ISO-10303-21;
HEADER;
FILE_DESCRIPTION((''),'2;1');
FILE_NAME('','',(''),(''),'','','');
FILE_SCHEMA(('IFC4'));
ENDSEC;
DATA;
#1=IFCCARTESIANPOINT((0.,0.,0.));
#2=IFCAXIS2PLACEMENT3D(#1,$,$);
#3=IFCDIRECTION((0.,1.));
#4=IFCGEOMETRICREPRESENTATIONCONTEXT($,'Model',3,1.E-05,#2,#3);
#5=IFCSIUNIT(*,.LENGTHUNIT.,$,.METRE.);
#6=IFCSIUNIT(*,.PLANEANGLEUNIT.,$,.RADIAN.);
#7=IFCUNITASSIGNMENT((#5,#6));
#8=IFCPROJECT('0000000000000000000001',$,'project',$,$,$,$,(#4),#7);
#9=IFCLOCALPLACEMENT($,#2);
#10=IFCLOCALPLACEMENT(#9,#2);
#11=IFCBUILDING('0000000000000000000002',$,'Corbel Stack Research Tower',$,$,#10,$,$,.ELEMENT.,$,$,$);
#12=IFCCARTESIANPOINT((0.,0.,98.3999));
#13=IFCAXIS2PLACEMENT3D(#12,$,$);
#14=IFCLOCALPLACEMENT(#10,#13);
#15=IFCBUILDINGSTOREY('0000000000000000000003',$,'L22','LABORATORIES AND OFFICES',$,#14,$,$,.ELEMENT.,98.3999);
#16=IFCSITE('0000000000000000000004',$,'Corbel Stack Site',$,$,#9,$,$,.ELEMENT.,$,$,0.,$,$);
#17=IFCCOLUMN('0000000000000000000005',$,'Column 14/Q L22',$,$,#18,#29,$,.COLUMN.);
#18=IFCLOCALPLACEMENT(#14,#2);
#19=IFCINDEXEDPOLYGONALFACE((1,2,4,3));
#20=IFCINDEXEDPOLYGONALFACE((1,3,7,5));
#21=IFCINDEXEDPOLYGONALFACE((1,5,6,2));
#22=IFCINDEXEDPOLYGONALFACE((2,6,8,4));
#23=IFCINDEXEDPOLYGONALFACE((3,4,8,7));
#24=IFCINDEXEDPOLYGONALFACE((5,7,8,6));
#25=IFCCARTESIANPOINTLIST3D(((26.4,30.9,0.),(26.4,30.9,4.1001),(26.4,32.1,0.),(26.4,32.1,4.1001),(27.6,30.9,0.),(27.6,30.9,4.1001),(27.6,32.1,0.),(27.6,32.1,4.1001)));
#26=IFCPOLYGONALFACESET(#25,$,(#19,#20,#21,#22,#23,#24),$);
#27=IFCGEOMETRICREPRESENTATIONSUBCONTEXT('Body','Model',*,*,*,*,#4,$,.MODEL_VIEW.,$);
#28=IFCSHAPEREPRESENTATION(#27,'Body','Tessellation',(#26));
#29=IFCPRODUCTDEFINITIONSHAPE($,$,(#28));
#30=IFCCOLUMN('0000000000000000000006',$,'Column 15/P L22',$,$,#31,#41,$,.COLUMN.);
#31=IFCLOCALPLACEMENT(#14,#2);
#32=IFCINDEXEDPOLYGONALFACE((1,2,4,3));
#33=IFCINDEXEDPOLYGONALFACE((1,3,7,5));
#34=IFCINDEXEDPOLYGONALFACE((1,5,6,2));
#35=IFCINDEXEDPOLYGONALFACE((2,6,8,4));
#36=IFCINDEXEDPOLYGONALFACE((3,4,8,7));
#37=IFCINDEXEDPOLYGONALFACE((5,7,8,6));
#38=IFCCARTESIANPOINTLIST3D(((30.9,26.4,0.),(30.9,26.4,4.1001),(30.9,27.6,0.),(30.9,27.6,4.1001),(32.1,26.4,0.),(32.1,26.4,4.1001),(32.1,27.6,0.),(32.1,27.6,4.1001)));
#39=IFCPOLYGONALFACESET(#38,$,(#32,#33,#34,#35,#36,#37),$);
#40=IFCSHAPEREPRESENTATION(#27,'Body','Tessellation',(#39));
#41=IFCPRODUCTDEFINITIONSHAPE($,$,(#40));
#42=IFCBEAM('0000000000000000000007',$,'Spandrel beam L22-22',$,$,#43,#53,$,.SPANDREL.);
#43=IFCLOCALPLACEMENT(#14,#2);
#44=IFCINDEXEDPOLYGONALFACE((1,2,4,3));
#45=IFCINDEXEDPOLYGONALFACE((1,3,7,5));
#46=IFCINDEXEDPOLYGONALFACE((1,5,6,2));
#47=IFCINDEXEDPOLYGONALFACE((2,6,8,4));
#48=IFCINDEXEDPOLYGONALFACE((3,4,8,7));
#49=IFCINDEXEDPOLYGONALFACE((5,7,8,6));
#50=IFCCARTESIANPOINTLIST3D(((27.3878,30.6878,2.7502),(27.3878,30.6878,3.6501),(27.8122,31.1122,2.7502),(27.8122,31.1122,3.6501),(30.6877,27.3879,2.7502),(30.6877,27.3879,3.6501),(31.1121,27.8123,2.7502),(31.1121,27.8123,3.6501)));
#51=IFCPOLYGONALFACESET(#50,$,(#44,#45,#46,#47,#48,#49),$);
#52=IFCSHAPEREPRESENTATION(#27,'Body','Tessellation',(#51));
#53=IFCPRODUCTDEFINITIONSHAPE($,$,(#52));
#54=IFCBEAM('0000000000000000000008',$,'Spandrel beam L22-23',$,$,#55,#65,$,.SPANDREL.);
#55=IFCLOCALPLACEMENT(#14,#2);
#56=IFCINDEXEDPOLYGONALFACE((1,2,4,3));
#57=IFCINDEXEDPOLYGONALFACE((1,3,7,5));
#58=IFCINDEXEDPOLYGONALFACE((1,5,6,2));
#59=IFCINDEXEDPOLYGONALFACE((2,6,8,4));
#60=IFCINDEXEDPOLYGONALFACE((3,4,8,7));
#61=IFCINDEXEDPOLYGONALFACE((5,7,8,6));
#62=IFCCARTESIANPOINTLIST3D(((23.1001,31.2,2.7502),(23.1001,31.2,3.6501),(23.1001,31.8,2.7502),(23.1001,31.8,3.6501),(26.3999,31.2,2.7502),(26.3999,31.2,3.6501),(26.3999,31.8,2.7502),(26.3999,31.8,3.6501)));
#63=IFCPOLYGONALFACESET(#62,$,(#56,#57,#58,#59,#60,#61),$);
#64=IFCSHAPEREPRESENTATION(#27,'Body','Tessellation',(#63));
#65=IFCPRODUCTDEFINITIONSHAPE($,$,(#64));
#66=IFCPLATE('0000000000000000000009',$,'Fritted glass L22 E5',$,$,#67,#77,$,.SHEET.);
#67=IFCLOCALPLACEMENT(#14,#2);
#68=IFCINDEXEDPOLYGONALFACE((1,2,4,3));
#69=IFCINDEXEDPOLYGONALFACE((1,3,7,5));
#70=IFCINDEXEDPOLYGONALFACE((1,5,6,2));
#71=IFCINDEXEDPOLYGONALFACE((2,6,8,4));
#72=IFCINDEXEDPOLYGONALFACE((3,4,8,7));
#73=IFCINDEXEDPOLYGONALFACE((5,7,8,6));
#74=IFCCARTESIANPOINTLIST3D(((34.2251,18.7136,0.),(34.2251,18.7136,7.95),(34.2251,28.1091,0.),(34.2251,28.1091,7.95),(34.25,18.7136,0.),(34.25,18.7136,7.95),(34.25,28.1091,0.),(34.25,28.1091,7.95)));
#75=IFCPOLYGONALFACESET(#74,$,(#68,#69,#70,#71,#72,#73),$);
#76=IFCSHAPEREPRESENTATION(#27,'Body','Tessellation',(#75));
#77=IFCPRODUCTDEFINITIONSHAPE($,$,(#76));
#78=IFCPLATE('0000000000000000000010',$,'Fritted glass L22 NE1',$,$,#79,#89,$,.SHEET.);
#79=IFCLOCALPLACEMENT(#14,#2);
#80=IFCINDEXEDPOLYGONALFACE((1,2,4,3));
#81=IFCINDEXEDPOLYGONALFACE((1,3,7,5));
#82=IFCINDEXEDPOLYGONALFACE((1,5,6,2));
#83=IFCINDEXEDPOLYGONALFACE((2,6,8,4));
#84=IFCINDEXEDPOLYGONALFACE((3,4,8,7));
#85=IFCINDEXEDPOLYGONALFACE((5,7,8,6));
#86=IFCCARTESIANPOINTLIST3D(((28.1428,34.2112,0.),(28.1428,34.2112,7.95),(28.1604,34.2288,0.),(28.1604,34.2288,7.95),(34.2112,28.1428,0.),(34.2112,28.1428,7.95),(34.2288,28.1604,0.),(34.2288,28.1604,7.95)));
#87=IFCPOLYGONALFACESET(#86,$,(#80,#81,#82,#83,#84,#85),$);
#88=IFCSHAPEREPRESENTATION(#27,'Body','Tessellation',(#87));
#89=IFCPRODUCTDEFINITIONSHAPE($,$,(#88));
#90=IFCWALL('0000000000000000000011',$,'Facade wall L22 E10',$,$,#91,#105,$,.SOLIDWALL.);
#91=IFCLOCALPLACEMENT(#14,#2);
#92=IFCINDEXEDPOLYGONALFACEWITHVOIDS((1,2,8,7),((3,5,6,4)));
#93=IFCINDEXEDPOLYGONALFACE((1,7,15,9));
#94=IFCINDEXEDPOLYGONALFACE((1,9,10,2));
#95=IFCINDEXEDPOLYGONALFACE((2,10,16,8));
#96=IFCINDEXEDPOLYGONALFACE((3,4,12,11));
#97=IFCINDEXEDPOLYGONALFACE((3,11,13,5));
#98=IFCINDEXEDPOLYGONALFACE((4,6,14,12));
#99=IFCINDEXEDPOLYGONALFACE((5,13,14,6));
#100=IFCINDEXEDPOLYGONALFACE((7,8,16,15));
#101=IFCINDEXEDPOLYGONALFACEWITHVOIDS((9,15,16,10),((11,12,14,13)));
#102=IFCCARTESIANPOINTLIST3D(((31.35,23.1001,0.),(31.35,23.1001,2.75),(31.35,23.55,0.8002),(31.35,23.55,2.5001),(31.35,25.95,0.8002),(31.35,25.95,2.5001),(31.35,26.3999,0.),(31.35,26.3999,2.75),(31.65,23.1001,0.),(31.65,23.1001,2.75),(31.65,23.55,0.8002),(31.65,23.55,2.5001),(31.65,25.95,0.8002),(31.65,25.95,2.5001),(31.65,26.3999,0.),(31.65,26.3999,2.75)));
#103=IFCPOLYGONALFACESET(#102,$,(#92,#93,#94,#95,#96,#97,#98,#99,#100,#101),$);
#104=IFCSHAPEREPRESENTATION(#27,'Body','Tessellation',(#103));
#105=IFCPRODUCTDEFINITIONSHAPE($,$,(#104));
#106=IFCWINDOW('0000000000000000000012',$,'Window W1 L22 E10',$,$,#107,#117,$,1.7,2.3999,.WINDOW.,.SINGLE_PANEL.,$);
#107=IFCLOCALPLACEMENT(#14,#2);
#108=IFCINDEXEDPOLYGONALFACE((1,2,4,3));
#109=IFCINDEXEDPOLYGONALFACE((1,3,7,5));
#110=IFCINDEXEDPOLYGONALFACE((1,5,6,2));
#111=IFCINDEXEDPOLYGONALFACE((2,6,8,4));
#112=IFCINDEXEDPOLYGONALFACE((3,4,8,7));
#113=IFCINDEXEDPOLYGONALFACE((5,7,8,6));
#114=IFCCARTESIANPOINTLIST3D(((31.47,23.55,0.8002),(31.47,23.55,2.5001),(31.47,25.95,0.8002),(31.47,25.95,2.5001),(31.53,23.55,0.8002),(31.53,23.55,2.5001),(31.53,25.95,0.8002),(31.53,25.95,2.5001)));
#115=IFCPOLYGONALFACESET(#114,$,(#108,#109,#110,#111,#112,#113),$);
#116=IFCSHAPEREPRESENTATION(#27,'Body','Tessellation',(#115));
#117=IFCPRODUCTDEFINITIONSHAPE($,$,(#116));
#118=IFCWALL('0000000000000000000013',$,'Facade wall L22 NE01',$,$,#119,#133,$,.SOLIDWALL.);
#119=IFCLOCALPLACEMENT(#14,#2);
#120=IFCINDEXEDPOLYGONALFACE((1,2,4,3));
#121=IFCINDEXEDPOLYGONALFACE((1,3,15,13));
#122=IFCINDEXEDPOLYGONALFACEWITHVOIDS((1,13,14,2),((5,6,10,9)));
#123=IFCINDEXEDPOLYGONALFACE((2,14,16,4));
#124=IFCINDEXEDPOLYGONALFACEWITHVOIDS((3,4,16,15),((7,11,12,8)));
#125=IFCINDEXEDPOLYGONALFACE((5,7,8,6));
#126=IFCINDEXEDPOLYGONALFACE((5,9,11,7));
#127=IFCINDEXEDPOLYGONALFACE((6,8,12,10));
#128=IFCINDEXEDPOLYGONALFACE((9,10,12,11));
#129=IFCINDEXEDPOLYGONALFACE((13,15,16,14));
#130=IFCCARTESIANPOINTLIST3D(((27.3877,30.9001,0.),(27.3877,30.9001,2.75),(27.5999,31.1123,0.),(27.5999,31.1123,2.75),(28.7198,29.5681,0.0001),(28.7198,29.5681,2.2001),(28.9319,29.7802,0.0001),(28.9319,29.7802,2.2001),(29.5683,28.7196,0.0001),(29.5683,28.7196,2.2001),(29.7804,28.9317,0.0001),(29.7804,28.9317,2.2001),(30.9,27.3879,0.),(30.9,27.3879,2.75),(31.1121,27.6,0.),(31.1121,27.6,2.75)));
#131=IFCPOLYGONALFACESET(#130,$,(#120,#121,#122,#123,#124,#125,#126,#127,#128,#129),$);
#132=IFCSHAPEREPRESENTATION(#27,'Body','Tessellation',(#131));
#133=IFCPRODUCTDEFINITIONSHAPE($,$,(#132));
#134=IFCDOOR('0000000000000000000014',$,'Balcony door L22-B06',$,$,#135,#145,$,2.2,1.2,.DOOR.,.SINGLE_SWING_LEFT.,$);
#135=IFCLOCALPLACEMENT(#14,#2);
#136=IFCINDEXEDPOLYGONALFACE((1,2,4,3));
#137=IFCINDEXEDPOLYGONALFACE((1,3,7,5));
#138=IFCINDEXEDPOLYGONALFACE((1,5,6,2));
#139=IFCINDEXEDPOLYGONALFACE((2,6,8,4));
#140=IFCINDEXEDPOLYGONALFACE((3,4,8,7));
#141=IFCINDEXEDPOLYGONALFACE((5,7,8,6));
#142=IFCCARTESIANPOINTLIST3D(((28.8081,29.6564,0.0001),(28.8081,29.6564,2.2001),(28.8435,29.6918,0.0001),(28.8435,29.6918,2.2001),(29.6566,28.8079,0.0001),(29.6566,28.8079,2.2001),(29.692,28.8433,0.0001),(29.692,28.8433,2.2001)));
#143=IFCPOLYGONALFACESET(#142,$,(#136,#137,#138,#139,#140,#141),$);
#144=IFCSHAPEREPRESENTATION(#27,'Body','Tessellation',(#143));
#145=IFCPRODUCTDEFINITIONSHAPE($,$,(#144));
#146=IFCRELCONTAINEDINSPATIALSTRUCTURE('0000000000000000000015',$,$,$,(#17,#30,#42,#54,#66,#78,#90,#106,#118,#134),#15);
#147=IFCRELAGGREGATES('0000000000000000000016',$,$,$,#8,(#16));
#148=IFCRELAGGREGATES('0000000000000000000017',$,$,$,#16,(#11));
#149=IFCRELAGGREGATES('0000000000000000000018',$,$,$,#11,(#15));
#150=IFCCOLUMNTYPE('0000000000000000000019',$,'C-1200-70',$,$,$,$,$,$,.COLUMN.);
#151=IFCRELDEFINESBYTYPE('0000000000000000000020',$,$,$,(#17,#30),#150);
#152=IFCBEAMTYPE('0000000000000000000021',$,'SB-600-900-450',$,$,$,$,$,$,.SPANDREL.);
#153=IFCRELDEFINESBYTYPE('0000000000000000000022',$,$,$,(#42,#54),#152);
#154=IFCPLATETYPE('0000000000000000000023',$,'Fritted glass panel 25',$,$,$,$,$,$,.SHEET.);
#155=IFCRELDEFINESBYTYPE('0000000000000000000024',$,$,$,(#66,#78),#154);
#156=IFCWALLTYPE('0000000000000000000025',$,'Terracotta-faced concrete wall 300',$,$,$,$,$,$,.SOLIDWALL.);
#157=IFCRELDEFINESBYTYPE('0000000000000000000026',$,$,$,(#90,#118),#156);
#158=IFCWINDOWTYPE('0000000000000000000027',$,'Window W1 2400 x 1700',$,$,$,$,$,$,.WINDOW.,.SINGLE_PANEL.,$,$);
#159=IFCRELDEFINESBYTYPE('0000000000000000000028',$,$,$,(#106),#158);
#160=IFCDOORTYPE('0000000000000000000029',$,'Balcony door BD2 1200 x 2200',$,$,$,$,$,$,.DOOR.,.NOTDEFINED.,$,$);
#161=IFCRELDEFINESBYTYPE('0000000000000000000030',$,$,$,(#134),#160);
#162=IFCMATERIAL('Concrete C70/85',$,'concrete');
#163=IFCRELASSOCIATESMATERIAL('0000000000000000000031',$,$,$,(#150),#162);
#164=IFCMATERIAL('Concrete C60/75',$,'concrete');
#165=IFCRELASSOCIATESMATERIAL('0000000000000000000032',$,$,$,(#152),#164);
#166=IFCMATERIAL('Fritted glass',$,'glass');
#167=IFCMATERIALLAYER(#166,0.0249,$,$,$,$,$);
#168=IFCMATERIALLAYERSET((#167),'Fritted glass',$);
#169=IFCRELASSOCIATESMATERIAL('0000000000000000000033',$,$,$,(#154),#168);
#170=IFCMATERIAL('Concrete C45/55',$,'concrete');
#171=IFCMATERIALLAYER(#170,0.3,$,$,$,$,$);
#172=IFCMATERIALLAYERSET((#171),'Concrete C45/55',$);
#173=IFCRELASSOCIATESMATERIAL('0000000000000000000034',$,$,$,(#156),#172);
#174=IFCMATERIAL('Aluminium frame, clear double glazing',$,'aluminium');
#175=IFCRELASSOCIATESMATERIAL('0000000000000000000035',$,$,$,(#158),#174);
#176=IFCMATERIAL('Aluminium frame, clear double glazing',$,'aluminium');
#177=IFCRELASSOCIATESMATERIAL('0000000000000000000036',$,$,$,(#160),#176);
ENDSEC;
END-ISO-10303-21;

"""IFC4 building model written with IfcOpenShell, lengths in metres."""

from ifc_helpers import new_model, si_unit, direction, frame, frame_2d, origin, origin_2d, place, context, subcontext, project, spatial, rectangle, extrude, material, layer, layer_set, material_profile, profile_set, type_object, element, fill, save


model = new_model("IFC4")

# Units and contexts
model_context = context("Model", 3, precision=1e-05, world=origin(), true_north=direction((0.0, 1.0)))
body_context = subcontext(model_context, "Body", "Model", "MODEL_VIEW")
ifc_project = project(units=[si_unit("LENGTHUNIT", "METRE"), si_unit("PLANEANGLEUNIT", "RADIAN")], contexts=[model_context])

# Site, building, storey
site_placement = place(None, origin())
site = spatial("IfcSite", under=ifc_project, at=site_placement, Name="Corbel Stack Site", CompositionType="ELEMENT", RefElevation=0.0)
building_placement = place(site_placement, origin())
building = spatial("IfcBuilding", under=site, at=building_placement, Name="Corbel Stack Research Tower", CompositionType="ELEMENT")
storey_placement = place(building_placement, frame((0.0, 0.0, 98.3999)))
storey = spatial("IfcBuildingStorey", under=building, at=storey_placement, Name="L22", Description="LABORATORIES AND OFFICES", CompositionType="ELEMENT", Elevation=98.3999)

# Columns
ifc_material_1 = material(Name="Concrete C70/85", Category="concrete")
ifc_material_profile_1 = material_profile(ifc_material_1, rectangle(XDim=1.2, YDim=1.2, at=origin_2d()), Name="RC 1200 x 1200")
ifc_profile_set_1 = profile_set([ifc_material_profile_1], Name="Concrete C70/85")
column_type = type_object("IfcColumnType", Name="C-1200-70", PredefinedType="COLUMN", material=ifc_profile_set_1)
for number, where, z_axis, x_axis, name in (
    (1, (27.0, 31.5, 0.0), (0.0, 0.0, 1.0), (1.0, 0.0, 0.0), "Column 14/Q L22"),
    (2, (31.5, 27.0, 0.0), (0.0, 0.0, 1.0), (1.0, 0.0, 0.0), "Column 15/P L22"),
):
    element("IfcColumn", number, at=place(storey_placement, frame(where, z_axis=z_axis, x_axis=x_axis)), inside=storey, type_object=column_type, Name=name, PredefinedType="COLUMN", context=body_context, shape_type="SweptSolid", body=[
        extrude(rectangle(XDim=1.2, YDim=1.2, at=origin_2d()), origin(), (0.0, 0.0, 1.0), 4.1001),
    ])

# Beams
ifc_material_2 = material(Name="Concrete C60/75", Category="concrete")
ifc_material_profile_2 = material_profile(ifc_material_2, rectangle(XDim=0.6001, YDim=0.8999, at=origin_2d()), Name="RC 600 x 900")
ifc_profile_set_2 = profile_set([ifc_material_profile_2], Name="Concrete C60/75")
beam_type = type_object("IfcBeamType", Name="SB-600-900-450", PredefinedType="SPANDREL", material=ifc_profile_set_2)
beam_1_placement = place(storey_placement, frame((30.8999, 27.6001, 3.2002), z_axis=(-0.707107, 0.707107, 0.0), x_axis=(-0.707107, -0.707107, 0.0)))
element("IfcBeam", 3, at=beam_1_placement, inside=storey, type_object=beam_type, Name="Spandrel beam L22-22", PredefinedType="SPANDREL", context=body_context, shape_type="SweptSolid", body=[
    extrude(rectangle(XDim=0.6001, YDim=0.8999, at=origin_2d()), origin(), (0.0, 0.0, 1.0), 4.6667),
])
beam_2_placement = place(storey_placement, frame((26.3999, 31.5, 3.2002), z_axis=(-1.0, 0.0, 0.0), x_axis=(0.0, -1.0, 0.0)))
element("IfcBeam", 4, at=beam_2_placement, inside=storey, type_object=beam_type, Name="Spandrel beam L22-23", PredefinedType="SPANDREL", context=body_context, shape_type="SweptSolid", body=[
    extrude(rectangle(XDim=0.6001, YDim=0.8999, at=origin_2d()), origin(), (0.0, 0.0, 1.0), 3.2998),
])

# Plates
ifc_material_3 = material(Name="Fritted glass", Category="glass")
ifc_layer_1 = layer(ifc_material_3, 0.0249)
ifc_layer_set_1 = layer_set([ifc_layer_1], Name="Fritted glass")
plate_type = type_object("IfcPlateType", Name="Fritted glass panel 25", PredefinedType="SHEET", material=ifc_layer_set_1)
plate_1_placement = place(storey_placement, frame((34.2375, 23.4114, 0.0), z_axis=(0.0, 0.0, 1.0), x_axis=(0.0, 1.0, 0.0)))
element("IfcPlate", 5, at=plate_1_placement, inside=storey, type_object=plate_type, Name="Fritted glass L22 E5", PredefinedType="SHEET", context=body_context, shape_type="SweptSolid", body=[
    extrude(rectangle(XDim=9.3955, YDim=0.0249, at=origin_2d()), origin(), (0.0, 0.0, 1.0), 7.95),
])
plate_2_placement = place(storey_placement, frame((31.1858, 31.1858, 0.0), z_axis=(0.0, 0.0, 1.0), x_axis=(-0.707107, 0.707107, 0.0)))
element("IfcPlate", 6, at=plate_2_placement, inside=storey, type_object=plate_type, Name="Fritted glass L22 NE1", PredefinedType="SHEET", context=body_context, shape_type="SweptSolid", body=[
    extrude(rectangle(XDim=8.582, YDim=0.0249, at=origin_2d()), origin(), (0.0, 0.0, 1.0), 7.95),
])

# Wall, opening, window
ifc_material_4 = material(Name="Concrete C45/55", Category="concrete")
ifc_layer_2 = layer(ifc_material_4, 0.3)
ifc_layer_set_2 = layer_set([ifc_layer_2], Name="Concrete C45/55")
wall_type = type_object("IfcWallType", Name="Terracotta-faced concrete wall 300", PredefinedType="SOLIDWALL", material=ifc_layer_set_2)
wall_1_placement = place(storey_placement, frame((31.5, 26.3999, 0.0), z_axis=(0.0, 0.0, 1.0), x_axis=(0.0, -1.0, 0.0)))
wall_1 = element("IfcWall", 7, at=wall_1_placement, inside=storey, type_object=wall_type, Name="Facade wall L22 E10", PredefinedType="SOLIDWALL", context=body_context, shape_type="SweptSolid", body=[
    extrude(rectangle(XDim=3.2998, YDim=0.3, at=frame_2d((1.6499, 0.0))), origin(), (0.0, 0.0, 1.0), 2.75),
])
opening_1_placement = place(wall_1_placement, frame((0.45, 0.0, 0.8)))
opening_1 = element("IfcOpeningElement", 8, at=opening_1_placement, cuts=wall_1, PredefinedType="OPENING", context=body_context, shape_type="SweptSolid", body=[
    extrude(rectangle(XDim=2.3999, YDim=1.7, at=frame_2d((1.2, 0.8501))), frame((0.0, 0.1599, 0.0), z_axis=(0.0, -1.0, 0.0), x_axis=(1.0, 0.0, 0.0)), (0.0, 0.0, 1.0), 0.3201),
])
ifc_material_5 = material(Name="Aluminium frame, clear double glazing", Category="aluminium")
window_type = type_object("IfcWindowType", Name="Window W1 2400 x 1700", PartitioningType="SINGLE_PANEL", PredefinedType="WINDOW", material=ifc_material_5)
window_placement = place(opening_1_placement, origin())
window = element("IfcWindow", 9, at=window_placement, inside=storey, type_object=window_type, Name="Window W1 L22 E10", OverallHeight=1.7, OverallWidth=2.3999, PartitioningType="SINGLE_PANEL", PredefinedType="WINDOW", context=body_context, shape_type="SweptSolid", body=[
    extrude(rectangle(XDim=2.3999, YDim=1.7, at=frame_2d((1.2, 0.8501))), frame((0.0, 0.03, 0.0), z_axis=(0.0, -1.0, 0.0), x_axis=(1.0, 0.0, 0.0)), (0.0, 0.0, 1.0), 0.0601),
])
fill(opening_1, window)

# Wall, opening, door
wall_2_placement = place(storey_placement, frame((27.4939, 31.0061, 0.0), z_axis=(0.0, 0.0, 1.0), x_axis=(0.707107, -0.707107, 0.0)))
wall_2 = element("IfcWall", 10, at=wall_2_placement, inside=storey, type_object=wall_type, Name="Facade wall L22 NE01", PredefinedType="SOLIDWALL", context=body_context, shape_type="SweptSolid", body=[
    extrude(rectangle(XDim=4.967, YDim=0.3, at=frame_2d((2.4834, 0.0))), origin(), (0.0, 0.0, 1.0), 2.75),
])
opening_2_placement = place(wall_2_placement, frame((1.8835, 0.0, 0.0)))
opening_2 = element("IfcOpeningElement", 11, at=opening_2_placement, cuts=wall_2, PredefinedType="OPENING", context=body_context, shape_type="SweptSolid", body=[
    extrude(rectangle(XDim=1.2, YDim=2.2, at=frame_2d((0.6001, 1.1001))), frame((0.0, 0.1599, 0.0), z_axis=(0.0, -1.0, 0.0), x_axis=(1.0, 0.0, 0.0)), (0.0, 0.0, 1.0), 0.3201),
])
ifc_material_6 = material(Name="Aluminium frame, clear double glazing", Category="aluminium")
door_type = type_object("IfcDoorType", Name="Balcony door BD2 1200 x 2200", OperationType="NOTDEFINED", PredefinedType="DOOR", material=ifc_material_6)
door_placement = place(opening_2_placement, origin())
door = element("IfcDoor", 12, at=door_placement, inside=storey, type_object=door_type, Name="Balcony door L22-B06", OperationType="SINGLE_SWING_LEFT", OverallHeight=2.2, OverallWidth=1.2, PredefinedType="DOOR", context=body_context, shape_type="SweptSolid", body=[
    extrude(rectangle(XDim=1.2, YDim=2.2, at=frame_2d((0.6001, 1.1001))), frame((0.0, 0.0249, 0.0), z_axis=(0.0, -1.0, 0.0), x_axis=(1.0, 0.0, 0.0)), (0.0, 0.0, 1.0), 0.05),
])
fill(opening_2, door)

save(model, "model.ifc")
